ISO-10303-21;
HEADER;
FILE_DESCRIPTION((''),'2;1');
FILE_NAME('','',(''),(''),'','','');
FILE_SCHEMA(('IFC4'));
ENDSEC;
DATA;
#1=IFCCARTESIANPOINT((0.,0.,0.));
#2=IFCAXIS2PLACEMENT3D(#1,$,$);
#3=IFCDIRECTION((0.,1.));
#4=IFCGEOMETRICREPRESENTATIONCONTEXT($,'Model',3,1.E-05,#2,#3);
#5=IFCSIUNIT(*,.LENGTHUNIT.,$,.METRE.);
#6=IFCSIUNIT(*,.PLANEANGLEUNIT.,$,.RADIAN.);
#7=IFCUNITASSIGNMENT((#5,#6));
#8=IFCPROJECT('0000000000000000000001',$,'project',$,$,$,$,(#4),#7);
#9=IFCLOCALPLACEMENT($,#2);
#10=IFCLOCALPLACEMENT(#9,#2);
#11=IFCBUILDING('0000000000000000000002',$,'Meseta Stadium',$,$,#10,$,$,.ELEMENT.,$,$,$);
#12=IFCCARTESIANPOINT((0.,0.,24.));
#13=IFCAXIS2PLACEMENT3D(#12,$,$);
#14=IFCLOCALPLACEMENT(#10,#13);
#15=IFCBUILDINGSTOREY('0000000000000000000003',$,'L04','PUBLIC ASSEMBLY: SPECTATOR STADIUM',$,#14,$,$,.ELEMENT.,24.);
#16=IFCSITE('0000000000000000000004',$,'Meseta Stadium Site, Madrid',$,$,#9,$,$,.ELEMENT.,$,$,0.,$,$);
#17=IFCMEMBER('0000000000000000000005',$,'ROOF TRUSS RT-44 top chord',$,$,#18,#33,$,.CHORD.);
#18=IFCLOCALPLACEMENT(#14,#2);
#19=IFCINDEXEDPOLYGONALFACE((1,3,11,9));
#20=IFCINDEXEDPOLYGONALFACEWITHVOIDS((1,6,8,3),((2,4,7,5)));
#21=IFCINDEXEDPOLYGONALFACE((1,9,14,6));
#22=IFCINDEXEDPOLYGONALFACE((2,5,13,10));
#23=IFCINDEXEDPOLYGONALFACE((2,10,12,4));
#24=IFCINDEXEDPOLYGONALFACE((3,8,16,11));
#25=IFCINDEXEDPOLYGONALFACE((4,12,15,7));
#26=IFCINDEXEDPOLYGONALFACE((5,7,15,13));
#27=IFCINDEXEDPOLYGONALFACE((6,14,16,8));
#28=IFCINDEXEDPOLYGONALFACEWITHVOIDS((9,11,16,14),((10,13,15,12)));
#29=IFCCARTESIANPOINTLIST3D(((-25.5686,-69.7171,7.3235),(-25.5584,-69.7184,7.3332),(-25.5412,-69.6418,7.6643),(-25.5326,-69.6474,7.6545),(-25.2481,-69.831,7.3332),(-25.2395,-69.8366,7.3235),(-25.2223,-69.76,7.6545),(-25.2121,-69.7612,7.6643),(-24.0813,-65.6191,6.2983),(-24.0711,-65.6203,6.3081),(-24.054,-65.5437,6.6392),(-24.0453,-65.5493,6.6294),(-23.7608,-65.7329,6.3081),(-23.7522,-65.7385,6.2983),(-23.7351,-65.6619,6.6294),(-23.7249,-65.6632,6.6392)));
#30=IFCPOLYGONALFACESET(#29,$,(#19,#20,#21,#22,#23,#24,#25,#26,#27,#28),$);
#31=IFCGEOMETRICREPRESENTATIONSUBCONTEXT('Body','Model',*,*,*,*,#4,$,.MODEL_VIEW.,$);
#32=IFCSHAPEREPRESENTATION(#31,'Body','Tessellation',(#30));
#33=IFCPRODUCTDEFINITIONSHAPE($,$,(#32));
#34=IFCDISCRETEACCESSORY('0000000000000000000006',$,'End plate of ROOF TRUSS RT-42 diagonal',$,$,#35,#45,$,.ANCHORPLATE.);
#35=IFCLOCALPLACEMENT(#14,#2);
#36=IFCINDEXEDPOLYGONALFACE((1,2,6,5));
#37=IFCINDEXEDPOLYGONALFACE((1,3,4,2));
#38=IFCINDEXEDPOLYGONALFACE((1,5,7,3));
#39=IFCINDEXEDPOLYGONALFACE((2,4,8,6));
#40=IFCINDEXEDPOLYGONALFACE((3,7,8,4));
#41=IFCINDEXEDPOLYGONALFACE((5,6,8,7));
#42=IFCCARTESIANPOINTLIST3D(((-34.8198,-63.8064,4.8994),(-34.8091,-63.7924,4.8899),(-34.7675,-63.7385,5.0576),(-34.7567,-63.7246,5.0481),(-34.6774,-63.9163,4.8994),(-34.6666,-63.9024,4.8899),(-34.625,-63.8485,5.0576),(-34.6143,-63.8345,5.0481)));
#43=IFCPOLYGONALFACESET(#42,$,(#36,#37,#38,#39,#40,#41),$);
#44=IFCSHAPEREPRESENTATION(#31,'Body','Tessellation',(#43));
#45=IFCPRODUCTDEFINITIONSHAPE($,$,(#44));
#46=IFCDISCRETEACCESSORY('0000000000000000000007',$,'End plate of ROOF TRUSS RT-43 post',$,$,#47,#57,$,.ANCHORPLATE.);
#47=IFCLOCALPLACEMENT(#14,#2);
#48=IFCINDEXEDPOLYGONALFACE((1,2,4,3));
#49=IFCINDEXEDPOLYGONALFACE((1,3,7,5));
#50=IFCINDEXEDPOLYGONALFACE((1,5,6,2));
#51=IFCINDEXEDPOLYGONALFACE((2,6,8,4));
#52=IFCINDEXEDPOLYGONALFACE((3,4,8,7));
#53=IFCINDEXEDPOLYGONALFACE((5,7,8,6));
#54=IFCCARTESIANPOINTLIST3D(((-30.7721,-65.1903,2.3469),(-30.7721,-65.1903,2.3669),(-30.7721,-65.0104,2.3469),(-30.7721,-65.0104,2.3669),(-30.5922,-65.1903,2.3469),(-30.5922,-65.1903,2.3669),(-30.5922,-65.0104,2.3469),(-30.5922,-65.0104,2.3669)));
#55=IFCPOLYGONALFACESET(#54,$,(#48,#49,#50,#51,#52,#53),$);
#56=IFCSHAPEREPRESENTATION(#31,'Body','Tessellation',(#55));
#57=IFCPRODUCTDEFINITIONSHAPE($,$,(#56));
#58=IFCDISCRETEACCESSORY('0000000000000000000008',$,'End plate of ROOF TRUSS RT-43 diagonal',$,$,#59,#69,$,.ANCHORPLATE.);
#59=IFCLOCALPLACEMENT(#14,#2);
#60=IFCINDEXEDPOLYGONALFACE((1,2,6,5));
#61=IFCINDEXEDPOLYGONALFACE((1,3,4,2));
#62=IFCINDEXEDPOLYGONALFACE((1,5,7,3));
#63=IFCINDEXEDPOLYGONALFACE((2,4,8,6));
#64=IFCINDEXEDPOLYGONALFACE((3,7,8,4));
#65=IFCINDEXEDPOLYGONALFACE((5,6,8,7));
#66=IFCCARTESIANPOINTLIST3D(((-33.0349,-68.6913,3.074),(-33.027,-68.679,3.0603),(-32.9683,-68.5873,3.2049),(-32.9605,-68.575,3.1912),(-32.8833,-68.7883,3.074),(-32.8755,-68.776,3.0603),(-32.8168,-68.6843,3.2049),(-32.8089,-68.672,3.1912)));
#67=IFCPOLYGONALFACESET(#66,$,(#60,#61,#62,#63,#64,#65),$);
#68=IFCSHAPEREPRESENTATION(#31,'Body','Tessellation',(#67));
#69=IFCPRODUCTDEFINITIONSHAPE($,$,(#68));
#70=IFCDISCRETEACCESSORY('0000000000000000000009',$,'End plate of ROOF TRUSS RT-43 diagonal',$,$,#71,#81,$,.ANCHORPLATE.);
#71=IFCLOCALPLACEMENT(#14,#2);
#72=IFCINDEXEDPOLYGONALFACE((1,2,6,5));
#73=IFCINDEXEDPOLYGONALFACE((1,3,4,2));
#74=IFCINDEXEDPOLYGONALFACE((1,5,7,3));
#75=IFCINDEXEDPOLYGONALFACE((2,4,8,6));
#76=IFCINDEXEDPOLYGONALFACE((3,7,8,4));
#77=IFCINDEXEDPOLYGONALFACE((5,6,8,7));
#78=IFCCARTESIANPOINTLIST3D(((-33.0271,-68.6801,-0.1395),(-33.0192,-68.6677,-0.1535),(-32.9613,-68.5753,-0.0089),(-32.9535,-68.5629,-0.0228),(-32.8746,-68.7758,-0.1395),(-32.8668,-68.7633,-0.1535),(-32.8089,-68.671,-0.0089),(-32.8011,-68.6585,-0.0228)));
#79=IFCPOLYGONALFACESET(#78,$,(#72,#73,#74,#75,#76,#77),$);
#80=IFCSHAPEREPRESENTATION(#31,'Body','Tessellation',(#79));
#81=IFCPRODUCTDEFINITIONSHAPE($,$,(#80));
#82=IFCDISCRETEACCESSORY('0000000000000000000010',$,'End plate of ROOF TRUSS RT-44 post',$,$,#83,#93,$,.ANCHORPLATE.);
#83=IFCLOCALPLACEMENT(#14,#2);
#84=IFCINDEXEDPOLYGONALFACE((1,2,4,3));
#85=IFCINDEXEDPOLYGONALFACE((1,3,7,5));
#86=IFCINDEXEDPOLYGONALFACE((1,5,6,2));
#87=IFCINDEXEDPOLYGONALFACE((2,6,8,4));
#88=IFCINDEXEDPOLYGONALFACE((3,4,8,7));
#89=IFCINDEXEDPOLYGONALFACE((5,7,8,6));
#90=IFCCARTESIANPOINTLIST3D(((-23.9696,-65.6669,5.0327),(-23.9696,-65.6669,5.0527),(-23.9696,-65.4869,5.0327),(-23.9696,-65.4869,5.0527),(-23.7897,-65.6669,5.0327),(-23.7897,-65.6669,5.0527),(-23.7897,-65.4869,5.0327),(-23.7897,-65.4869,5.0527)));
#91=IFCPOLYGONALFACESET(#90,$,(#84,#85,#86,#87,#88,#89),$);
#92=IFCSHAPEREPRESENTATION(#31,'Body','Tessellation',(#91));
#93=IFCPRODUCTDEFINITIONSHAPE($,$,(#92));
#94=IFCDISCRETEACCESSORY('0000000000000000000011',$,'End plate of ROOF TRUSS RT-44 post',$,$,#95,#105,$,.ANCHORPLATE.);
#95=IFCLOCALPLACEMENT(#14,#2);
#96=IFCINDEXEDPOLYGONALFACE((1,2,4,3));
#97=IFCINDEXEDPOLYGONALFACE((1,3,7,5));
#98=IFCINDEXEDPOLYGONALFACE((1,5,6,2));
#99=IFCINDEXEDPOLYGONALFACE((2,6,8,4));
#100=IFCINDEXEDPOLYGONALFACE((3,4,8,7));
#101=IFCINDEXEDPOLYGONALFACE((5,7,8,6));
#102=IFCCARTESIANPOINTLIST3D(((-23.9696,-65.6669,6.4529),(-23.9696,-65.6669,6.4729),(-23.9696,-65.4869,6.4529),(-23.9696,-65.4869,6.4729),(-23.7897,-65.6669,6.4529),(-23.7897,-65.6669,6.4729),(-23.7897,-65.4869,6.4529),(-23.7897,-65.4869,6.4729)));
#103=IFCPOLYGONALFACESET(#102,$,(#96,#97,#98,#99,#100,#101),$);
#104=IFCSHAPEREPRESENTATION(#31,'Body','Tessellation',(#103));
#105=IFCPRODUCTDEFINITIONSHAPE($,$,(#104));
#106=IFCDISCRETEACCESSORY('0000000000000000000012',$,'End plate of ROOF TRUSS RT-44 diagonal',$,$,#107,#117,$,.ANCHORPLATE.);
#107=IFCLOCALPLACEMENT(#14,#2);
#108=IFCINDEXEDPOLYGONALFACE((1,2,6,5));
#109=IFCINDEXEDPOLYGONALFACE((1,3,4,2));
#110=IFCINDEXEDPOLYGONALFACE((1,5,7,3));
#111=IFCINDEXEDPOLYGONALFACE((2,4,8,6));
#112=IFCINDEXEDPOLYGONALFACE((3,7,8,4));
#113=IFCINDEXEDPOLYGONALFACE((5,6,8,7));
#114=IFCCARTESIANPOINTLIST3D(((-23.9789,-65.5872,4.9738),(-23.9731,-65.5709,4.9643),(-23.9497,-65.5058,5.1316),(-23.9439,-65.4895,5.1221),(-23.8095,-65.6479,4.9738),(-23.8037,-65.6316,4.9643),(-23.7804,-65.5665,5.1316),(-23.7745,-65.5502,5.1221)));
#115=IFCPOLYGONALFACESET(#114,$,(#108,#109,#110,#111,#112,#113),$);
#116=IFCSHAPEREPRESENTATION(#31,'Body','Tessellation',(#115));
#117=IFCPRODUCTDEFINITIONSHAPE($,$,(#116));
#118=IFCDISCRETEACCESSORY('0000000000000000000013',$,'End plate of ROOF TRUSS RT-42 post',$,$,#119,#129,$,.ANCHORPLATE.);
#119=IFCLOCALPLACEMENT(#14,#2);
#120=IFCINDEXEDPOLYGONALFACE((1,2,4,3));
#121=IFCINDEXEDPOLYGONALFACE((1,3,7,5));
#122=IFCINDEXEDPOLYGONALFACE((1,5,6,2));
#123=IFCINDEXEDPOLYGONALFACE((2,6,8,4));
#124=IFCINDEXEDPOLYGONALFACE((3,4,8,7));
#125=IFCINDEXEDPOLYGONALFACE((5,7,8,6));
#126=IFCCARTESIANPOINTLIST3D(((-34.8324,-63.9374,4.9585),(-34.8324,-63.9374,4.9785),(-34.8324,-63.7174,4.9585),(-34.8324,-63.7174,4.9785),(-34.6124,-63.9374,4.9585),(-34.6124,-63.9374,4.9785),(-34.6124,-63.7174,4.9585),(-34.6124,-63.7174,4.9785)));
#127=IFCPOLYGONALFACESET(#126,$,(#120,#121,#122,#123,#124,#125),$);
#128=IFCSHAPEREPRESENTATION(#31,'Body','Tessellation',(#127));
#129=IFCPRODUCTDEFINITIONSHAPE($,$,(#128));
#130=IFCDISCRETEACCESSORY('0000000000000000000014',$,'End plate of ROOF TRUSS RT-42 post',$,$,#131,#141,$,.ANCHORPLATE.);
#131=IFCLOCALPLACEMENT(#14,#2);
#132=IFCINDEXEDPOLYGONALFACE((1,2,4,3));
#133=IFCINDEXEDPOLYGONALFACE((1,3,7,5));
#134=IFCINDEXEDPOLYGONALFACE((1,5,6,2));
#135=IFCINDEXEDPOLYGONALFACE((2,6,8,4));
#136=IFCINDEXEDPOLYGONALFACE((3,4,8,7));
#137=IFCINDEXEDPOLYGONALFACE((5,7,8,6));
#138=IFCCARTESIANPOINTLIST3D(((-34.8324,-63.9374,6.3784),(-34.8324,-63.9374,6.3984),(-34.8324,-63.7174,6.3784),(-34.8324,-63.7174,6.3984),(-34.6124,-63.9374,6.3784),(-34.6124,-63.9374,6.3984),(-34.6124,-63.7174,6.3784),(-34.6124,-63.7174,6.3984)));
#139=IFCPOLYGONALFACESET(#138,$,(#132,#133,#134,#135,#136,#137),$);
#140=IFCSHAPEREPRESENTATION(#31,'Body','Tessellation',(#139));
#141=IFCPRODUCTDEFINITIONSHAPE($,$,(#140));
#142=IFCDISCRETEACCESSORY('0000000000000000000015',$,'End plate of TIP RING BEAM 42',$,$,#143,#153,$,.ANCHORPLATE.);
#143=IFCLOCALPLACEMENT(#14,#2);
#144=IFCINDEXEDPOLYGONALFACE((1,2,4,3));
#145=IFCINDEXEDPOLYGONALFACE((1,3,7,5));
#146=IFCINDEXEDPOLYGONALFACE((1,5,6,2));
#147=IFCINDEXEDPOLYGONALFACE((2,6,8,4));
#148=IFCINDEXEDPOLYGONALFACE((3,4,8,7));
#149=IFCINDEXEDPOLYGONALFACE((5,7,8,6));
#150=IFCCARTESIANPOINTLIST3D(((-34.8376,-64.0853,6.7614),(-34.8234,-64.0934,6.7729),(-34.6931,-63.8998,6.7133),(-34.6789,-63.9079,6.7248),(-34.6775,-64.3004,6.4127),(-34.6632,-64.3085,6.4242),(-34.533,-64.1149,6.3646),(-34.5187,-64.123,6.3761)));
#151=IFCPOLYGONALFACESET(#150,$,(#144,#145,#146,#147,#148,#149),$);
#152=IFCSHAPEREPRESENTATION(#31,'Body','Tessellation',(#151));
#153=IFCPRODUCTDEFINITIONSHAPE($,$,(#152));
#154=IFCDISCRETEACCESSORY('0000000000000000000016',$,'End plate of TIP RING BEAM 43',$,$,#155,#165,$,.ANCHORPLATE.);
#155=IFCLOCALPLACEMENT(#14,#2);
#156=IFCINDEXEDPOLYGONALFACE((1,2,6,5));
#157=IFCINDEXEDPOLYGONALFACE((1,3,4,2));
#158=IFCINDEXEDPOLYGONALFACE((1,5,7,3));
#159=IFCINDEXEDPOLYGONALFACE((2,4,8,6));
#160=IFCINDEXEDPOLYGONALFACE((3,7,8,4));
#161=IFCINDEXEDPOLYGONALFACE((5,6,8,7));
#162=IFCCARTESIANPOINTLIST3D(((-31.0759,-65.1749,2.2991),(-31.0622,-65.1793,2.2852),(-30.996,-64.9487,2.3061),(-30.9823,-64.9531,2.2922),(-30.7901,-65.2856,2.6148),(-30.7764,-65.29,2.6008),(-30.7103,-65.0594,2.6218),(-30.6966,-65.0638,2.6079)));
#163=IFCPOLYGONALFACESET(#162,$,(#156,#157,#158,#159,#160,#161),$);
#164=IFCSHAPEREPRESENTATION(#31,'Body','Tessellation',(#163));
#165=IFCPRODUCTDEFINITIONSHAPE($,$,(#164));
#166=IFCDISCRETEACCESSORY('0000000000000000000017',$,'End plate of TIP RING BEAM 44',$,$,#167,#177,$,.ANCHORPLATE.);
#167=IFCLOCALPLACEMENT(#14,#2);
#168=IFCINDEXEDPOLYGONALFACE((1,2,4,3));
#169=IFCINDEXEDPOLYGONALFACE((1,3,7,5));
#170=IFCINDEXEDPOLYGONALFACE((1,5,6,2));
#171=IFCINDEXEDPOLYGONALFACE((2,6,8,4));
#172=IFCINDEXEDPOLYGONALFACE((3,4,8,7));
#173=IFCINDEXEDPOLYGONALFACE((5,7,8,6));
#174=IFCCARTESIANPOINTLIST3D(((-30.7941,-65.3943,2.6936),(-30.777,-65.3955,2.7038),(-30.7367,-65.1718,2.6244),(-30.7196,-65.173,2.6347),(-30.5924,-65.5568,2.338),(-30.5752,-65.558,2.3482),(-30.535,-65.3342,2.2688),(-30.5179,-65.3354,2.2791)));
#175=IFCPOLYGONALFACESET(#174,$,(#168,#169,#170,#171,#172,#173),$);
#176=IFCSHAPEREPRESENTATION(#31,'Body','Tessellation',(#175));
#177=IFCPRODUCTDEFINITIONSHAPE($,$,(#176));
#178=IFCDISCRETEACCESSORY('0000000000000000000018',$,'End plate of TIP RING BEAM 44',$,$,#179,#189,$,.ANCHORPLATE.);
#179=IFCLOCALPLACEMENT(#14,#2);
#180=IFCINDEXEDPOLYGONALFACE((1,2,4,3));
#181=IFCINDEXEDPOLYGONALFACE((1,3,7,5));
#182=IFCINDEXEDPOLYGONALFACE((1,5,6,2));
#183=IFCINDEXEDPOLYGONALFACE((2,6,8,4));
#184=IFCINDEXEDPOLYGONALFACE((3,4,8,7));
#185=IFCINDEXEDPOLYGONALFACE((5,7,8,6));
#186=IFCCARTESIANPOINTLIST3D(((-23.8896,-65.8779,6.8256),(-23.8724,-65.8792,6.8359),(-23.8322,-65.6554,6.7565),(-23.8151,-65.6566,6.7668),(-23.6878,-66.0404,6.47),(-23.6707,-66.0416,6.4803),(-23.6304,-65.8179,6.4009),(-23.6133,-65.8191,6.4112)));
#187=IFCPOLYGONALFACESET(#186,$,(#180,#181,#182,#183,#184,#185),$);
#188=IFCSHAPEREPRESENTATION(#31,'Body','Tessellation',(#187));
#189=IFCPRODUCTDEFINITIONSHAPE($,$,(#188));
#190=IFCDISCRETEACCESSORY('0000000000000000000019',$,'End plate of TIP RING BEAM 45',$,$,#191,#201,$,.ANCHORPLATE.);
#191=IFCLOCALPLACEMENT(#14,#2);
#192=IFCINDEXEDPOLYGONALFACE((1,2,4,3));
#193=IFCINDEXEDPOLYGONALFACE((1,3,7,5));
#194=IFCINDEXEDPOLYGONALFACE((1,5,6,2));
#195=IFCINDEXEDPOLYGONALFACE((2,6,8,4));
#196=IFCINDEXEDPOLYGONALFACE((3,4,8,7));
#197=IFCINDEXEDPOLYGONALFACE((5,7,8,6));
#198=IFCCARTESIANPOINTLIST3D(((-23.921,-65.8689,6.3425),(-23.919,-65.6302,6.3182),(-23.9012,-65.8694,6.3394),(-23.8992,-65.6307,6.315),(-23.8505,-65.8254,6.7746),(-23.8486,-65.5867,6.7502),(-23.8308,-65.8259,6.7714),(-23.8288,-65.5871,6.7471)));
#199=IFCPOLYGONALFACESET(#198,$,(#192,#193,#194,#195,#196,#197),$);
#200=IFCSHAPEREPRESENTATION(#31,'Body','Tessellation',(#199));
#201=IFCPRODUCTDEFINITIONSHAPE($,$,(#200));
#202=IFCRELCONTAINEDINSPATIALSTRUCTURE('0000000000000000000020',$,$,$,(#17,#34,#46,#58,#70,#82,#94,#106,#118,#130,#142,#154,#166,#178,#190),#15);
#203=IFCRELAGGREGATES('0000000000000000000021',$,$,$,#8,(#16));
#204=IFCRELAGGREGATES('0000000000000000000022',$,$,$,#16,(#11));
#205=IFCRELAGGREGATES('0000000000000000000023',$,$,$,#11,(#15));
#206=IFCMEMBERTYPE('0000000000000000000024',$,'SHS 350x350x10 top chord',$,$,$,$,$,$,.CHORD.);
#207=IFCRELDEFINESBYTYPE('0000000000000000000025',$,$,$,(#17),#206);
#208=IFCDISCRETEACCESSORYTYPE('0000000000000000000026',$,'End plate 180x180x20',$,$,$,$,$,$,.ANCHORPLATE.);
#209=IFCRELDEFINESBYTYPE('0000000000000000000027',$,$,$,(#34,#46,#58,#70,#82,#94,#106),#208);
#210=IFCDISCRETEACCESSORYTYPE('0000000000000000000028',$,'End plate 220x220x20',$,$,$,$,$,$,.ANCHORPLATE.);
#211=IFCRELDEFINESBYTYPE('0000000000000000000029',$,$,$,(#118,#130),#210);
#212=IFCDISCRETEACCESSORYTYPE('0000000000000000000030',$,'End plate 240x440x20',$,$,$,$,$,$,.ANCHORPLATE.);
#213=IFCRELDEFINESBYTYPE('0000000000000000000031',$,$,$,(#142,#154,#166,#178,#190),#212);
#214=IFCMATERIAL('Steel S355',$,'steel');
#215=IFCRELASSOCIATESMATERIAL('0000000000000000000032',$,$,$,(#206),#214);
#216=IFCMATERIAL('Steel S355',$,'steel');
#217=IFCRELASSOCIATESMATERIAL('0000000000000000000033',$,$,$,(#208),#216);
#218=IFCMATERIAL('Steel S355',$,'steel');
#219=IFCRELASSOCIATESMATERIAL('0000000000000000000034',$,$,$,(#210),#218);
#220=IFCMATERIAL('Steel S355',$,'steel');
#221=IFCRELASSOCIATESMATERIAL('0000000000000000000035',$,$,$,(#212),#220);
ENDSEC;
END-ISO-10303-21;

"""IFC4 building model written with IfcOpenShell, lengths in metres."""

from ifc_helpers import new_model, si_unit, direction, frame, origin, origin_2d, place, context, subcontext, project, spatial, rectangle, hollow_rectangle, extrude, material, material_profile, profile_set, type_object, element, save


model = new_model("IFC4")

# Units and contexts
model_context = context("Model", 3, precision=1e-05, world=origin(), true_north=direction((0.0, 1.0)))
body_context = subcontext(model_context, "Body", "Model", "MODEL_VIEW")
ifc_project = project(units=[si_unit("LENGTHUNIT", "METRE"), si_unit("PLANEANGLEUNIT", "RADIAN")], contexts=[model_context])

# Site, building, storey
site_placement = place(None, origin())
site = spatial("IfcSite", under=ifc_project, at=site_placement, Name="Meseta Stadium Site, Madrid", CompositionType="ELEMENT", RefElevation=0.0)
building_placement = place(site_placement, origin())
building = spatial("IfcBuilding", under=site, at=building_placement, Name="Meseta Stadium", CompositionType="ELEMENT")
storey_placement = place(building_placement, frame((0.0, 0.0, 24.0)))
storey = spatial("IfcBuildingStorey", under=building, at=storey_placement, Name="L04", Description="PUBLIC ASSEMBLY: SPECTATOR STADIUM", CompositionType="ELEMENT", Elevation=24.0)

# Member
ifc_material_1 = material(Name="Steel S355", Category="steel")
ifc_material_profile_1 = material_profile(ifc_material_1, hollow_rectangle(XDim=0.3501, YDim=0.3501, WallThickness=0.01, at=origin_2d()), Name="SHS 350x350x10")
ifc_profile_set_1 = profile_set([ifc_material_profile_1], Name="Steel S355")
member_type_1 = type_object("IfcMemberType", Name="SHS 350x350x10 top chord", PredefinedType="CHORD", material=ifc_profile_set_1)
member_1_placement = place(storey_placement, frame((-23.9031, -65.6411, 6.4688), z_axis=(-0.332092, -0.915052, 0.228899), x_axis=(0.940009, -0.341149, 0.0)))
element("IfcMember", 1, at=member_1_placement, inside=storey, type_object=member_type_1, Name="ROOF TRUSS RT-44 top chord", PredefinedType="CHORD", context=body_context, shape_type="SweptSolid", body=[
    extrude(hollow_rectangle(XDim=0.3501, YDim=0.3501, WallThickness=0.01, at=origin_2d()), origin(), (0.0, 0.0, 1.0), 4.4785),
])

# Discrete accessories
ifc_material_2 = material(Name="Steel S355", Category="steel")
ifc_material_profile_2 = material_profile(ifc_material_2, rectangle(XDim=0.1799, YDim=0.1799, at=origin_2d()), Name="PL 180x180")
ifc_profile_set_2 = profile_set([ifc_material_profile_2], Name="Steel S355")
discrete_accessory_type_1 = type_object("IfcDiscreteAccessoryType", Name="End plate 180x180x20", PredefinedType="ANCHORPLATE", material=ifc_profile_set_2)
for number, where, z_axis, x_axis, name in (
    (2, (-34.7117, -63.8135, 4.969), (-0.537305, -0.696054, 0.476248), (0.79159, -0.611052, 0.0), "End plate of ROOF TRUSS RT-42 diagonal"),
    (3, (-30.6821, -65.1003, 2.3469), (0.0, 0.0, 1.0), (1.0, 0.0, 0.0), "End plate of ROOF TRUSS RT-43 post"),
    (4, (-32.918, -68.6755, 3.1257), (-0.392114, -0.612679, 0.6862), (0.842271, -0.539054, 0.0), "End plate of ROOF TRUSS RT-43 diagonal"),
):
    element("IfcDiscreteAccessory", number, at=place(storey_placement, frame(where, z_axis=z_axis, x_axis=x_axis)), inside=storey, type_object=discrete_accessory_type_1, Name=name, PredefinedType="ANCHORPLATE", context=body_context, shape_type="SweptSolid", body=[
        extrude(rectangle(XDim=0.1799, YDim=0.1799, at=origin_2d()), origin(), (0.0, 0.0, 1.0), 0.02),
    ])
discrete_accessory_1_placement = place(storey_placement, frame((-32.9102, -68.6631, -0.0881), z_axis=(-0.385963, -0.615128, 0.687496), x_axis=(0.847064, -0.531491, 0.0)))
element("IfcDiscreteAccessory", 5, at=discrete_accessory_1_placement, inside=storey, type_object=discrete_accessory_type_1, Name="End plate of ROOF TRUSS RT-43 diagonal", PredefinedType="ANCHORPLATE", context=body_context, shape_type="SweptSolid", body=[
    extrude(rectangle(XDim=0.1799, YDim=0.1799, at=origin_2d()), origin(), (0.0, 0.0, 1.0), 0.0203),
])
for number, where, z_axis, x_axis, name in (
    (6, (-23.8796, -65.5769, 5.0327), (0.0, 0.0, 1.0), (1.0, 0.0, 0.0), "End plate of ROOF TRUSS RT-44 post"),
    (7, (-23.8796, -65.5769, 6.4529), (0.0, 0.0, 1.0), (1.0, 0.0, 0.0), "End plate of ROOF TRUSS RT-44 post"),
):
    element("IfcDiscreteAccessory", number, at=place(storey_placement, frame(where, z_axis=z_axis, x_axis=x_axis)), inside=storey, type_object=discrete_accessory_type_1, Name=name, PredefinedType="ANCHORPLATE", context=body_context, shape_type="SweptSolid", body=[
        extrude(rectangle(XDim=0.1799, YDim=0.1799, at=origin_2d()), origin(), (0.0, 0.0, 1.0), 0.02),
    ])
discrete_accessory_2_placement = place(storey_placement, frame((-23.8738, -65.5605, 5.0432), z_axis=(-0.295733, -0.825589, 0.480567), x_axis=(0.941424, -0.337226, 0.0)))
element("IfcDiscreteAccessory", 8, at=discrete_accessory_2_placement, inside=storey, type_object=discrete_accessory_type_1, Name="End plate of ROOF TRUSS RT-44 diagonal", PredefinedType="ANCHORPLATE", context=body_context, shape_type="SweptSolid", body=[
    extrude(rectangle(XDim=0.1799, YDim=0.1799, at=origin_2d()), origin(), (0.0, 0.0, 1.0), 0.0198),
])
ifc_material_3 = material(Name="Steel S355", Category="steel")
ifc_material_profile_3 = material_profile(ifc_material_3, rectangle(XDim=0.22, YDim=0.22, at=origin_2d()), Name="PL 220x220")
ifc_profile_set_3 = profile_set([ifc_material_profile_3], Name="Steel S355")
discrete_accessory_type_2 = type_object("IfcDiscreteAccessoryType", Name="End plate 220x220x20", PredefinedType="ANCHORPLATE", material=ifc_profile_set_3)
for number, where, z_axis, x_axis, name in (
    (9, (-34.7224, -63.8274, 4.9585), (0.0, 0.0, 1.0), (1.0, 0.0, 0.0), "End plate of ROOF TRUSS RT-42 post"),
    (10, (-34.7224, -63.8274, 6.3784), (0.0, 0.0, 1.0), (1.0, 0.0, 0.0), "End plate of ROOF TRUSS RT-42 post"),
):
    element("IfcDiscreteAccessory", number, at=place(storey_placement, frame(where, z_axis=z_axis, x_axis=x_axis)), inside=storey, type_object=discrete_accessory_type_2, Name=name, PredefinedType="ANCHORPLATE", context=body_context, shape_type="SweptSolid", body=[
        extrude(rectangle(XDim=0.22, YDim=0.22, at=origin_2d()), origin(), (0.0, 0.0, 1.0), 0.02),
    ])
ifc_material_4 = material(Name="Steel S355", Category="steel")
ifc_material_profile_4 = material_profile(ifc_material_4, rectangle(XDim=0.24, YDim=0.4399, at=origin_2d()), Name="PL 240x440")
ifc_profile_set_4 = profile_set([ifc_material_profile_4], Name="Steel S355")
discrete_accessory_type_3 = type_object("IfcDiscreteAccessoryType", Name="End plate 240x440x20", PredefinedType="ANCHORPLATE", material=ifc_profile_set_4)
for number, where, z_axis, x_axis, name in (
    (11, (-34.6853, -64.1001, 6.563), (0.710601, -0.404307, 0.575832), (0.602069, 0.772914, -0.200294), "End plate of TIP RING BEAM 42"),
    (12, (-30.8931, -65.1172, 2.4604), (0.68369, -0.219757, -0.695899), (0.332781, 0.942549, 0.029296), "End plate of TIP RING BEAM 43"),
    (13, (-30.6646, -65.3643, 2.4812), (0.855889, -0.061135, 0.513533), (0.23905, 0.927307, -0.288023), "End plate of TIP RING BEAM 44"),
    (14, (-23.76, -65.8479, 6.6133), (0.855889, -0.061135, 0.513533), (0.23905, 0.927307, -0.288023), "End plate of TIP RING BEAM 44"),
    (15, (-23.8848, -65.7278, 6.5464), (0.987071, -0.024372, -0.158419), (0.008272, 0.994801, -0.101506), "End plate of TIP RING BEAM 45"),
):
    element("IfcDiscreteAccessory", number, at=place(storey_placement, frame(where, z_axis=z_axis, x_axis=x_axis)), inside=storey, type_object=discrete_accessory_type_3, Name=name, PredefinedType="ANCHORPLATE", context=body_context, shape_type="SweptSolid", body=[
        extrude(rectangle(XDim=0.24, YDim=0.4399, at=origin_2d()), origin(), (0.0, 0.0, 1.0), 0.02),
    ])

save(model, "model.ifc")
